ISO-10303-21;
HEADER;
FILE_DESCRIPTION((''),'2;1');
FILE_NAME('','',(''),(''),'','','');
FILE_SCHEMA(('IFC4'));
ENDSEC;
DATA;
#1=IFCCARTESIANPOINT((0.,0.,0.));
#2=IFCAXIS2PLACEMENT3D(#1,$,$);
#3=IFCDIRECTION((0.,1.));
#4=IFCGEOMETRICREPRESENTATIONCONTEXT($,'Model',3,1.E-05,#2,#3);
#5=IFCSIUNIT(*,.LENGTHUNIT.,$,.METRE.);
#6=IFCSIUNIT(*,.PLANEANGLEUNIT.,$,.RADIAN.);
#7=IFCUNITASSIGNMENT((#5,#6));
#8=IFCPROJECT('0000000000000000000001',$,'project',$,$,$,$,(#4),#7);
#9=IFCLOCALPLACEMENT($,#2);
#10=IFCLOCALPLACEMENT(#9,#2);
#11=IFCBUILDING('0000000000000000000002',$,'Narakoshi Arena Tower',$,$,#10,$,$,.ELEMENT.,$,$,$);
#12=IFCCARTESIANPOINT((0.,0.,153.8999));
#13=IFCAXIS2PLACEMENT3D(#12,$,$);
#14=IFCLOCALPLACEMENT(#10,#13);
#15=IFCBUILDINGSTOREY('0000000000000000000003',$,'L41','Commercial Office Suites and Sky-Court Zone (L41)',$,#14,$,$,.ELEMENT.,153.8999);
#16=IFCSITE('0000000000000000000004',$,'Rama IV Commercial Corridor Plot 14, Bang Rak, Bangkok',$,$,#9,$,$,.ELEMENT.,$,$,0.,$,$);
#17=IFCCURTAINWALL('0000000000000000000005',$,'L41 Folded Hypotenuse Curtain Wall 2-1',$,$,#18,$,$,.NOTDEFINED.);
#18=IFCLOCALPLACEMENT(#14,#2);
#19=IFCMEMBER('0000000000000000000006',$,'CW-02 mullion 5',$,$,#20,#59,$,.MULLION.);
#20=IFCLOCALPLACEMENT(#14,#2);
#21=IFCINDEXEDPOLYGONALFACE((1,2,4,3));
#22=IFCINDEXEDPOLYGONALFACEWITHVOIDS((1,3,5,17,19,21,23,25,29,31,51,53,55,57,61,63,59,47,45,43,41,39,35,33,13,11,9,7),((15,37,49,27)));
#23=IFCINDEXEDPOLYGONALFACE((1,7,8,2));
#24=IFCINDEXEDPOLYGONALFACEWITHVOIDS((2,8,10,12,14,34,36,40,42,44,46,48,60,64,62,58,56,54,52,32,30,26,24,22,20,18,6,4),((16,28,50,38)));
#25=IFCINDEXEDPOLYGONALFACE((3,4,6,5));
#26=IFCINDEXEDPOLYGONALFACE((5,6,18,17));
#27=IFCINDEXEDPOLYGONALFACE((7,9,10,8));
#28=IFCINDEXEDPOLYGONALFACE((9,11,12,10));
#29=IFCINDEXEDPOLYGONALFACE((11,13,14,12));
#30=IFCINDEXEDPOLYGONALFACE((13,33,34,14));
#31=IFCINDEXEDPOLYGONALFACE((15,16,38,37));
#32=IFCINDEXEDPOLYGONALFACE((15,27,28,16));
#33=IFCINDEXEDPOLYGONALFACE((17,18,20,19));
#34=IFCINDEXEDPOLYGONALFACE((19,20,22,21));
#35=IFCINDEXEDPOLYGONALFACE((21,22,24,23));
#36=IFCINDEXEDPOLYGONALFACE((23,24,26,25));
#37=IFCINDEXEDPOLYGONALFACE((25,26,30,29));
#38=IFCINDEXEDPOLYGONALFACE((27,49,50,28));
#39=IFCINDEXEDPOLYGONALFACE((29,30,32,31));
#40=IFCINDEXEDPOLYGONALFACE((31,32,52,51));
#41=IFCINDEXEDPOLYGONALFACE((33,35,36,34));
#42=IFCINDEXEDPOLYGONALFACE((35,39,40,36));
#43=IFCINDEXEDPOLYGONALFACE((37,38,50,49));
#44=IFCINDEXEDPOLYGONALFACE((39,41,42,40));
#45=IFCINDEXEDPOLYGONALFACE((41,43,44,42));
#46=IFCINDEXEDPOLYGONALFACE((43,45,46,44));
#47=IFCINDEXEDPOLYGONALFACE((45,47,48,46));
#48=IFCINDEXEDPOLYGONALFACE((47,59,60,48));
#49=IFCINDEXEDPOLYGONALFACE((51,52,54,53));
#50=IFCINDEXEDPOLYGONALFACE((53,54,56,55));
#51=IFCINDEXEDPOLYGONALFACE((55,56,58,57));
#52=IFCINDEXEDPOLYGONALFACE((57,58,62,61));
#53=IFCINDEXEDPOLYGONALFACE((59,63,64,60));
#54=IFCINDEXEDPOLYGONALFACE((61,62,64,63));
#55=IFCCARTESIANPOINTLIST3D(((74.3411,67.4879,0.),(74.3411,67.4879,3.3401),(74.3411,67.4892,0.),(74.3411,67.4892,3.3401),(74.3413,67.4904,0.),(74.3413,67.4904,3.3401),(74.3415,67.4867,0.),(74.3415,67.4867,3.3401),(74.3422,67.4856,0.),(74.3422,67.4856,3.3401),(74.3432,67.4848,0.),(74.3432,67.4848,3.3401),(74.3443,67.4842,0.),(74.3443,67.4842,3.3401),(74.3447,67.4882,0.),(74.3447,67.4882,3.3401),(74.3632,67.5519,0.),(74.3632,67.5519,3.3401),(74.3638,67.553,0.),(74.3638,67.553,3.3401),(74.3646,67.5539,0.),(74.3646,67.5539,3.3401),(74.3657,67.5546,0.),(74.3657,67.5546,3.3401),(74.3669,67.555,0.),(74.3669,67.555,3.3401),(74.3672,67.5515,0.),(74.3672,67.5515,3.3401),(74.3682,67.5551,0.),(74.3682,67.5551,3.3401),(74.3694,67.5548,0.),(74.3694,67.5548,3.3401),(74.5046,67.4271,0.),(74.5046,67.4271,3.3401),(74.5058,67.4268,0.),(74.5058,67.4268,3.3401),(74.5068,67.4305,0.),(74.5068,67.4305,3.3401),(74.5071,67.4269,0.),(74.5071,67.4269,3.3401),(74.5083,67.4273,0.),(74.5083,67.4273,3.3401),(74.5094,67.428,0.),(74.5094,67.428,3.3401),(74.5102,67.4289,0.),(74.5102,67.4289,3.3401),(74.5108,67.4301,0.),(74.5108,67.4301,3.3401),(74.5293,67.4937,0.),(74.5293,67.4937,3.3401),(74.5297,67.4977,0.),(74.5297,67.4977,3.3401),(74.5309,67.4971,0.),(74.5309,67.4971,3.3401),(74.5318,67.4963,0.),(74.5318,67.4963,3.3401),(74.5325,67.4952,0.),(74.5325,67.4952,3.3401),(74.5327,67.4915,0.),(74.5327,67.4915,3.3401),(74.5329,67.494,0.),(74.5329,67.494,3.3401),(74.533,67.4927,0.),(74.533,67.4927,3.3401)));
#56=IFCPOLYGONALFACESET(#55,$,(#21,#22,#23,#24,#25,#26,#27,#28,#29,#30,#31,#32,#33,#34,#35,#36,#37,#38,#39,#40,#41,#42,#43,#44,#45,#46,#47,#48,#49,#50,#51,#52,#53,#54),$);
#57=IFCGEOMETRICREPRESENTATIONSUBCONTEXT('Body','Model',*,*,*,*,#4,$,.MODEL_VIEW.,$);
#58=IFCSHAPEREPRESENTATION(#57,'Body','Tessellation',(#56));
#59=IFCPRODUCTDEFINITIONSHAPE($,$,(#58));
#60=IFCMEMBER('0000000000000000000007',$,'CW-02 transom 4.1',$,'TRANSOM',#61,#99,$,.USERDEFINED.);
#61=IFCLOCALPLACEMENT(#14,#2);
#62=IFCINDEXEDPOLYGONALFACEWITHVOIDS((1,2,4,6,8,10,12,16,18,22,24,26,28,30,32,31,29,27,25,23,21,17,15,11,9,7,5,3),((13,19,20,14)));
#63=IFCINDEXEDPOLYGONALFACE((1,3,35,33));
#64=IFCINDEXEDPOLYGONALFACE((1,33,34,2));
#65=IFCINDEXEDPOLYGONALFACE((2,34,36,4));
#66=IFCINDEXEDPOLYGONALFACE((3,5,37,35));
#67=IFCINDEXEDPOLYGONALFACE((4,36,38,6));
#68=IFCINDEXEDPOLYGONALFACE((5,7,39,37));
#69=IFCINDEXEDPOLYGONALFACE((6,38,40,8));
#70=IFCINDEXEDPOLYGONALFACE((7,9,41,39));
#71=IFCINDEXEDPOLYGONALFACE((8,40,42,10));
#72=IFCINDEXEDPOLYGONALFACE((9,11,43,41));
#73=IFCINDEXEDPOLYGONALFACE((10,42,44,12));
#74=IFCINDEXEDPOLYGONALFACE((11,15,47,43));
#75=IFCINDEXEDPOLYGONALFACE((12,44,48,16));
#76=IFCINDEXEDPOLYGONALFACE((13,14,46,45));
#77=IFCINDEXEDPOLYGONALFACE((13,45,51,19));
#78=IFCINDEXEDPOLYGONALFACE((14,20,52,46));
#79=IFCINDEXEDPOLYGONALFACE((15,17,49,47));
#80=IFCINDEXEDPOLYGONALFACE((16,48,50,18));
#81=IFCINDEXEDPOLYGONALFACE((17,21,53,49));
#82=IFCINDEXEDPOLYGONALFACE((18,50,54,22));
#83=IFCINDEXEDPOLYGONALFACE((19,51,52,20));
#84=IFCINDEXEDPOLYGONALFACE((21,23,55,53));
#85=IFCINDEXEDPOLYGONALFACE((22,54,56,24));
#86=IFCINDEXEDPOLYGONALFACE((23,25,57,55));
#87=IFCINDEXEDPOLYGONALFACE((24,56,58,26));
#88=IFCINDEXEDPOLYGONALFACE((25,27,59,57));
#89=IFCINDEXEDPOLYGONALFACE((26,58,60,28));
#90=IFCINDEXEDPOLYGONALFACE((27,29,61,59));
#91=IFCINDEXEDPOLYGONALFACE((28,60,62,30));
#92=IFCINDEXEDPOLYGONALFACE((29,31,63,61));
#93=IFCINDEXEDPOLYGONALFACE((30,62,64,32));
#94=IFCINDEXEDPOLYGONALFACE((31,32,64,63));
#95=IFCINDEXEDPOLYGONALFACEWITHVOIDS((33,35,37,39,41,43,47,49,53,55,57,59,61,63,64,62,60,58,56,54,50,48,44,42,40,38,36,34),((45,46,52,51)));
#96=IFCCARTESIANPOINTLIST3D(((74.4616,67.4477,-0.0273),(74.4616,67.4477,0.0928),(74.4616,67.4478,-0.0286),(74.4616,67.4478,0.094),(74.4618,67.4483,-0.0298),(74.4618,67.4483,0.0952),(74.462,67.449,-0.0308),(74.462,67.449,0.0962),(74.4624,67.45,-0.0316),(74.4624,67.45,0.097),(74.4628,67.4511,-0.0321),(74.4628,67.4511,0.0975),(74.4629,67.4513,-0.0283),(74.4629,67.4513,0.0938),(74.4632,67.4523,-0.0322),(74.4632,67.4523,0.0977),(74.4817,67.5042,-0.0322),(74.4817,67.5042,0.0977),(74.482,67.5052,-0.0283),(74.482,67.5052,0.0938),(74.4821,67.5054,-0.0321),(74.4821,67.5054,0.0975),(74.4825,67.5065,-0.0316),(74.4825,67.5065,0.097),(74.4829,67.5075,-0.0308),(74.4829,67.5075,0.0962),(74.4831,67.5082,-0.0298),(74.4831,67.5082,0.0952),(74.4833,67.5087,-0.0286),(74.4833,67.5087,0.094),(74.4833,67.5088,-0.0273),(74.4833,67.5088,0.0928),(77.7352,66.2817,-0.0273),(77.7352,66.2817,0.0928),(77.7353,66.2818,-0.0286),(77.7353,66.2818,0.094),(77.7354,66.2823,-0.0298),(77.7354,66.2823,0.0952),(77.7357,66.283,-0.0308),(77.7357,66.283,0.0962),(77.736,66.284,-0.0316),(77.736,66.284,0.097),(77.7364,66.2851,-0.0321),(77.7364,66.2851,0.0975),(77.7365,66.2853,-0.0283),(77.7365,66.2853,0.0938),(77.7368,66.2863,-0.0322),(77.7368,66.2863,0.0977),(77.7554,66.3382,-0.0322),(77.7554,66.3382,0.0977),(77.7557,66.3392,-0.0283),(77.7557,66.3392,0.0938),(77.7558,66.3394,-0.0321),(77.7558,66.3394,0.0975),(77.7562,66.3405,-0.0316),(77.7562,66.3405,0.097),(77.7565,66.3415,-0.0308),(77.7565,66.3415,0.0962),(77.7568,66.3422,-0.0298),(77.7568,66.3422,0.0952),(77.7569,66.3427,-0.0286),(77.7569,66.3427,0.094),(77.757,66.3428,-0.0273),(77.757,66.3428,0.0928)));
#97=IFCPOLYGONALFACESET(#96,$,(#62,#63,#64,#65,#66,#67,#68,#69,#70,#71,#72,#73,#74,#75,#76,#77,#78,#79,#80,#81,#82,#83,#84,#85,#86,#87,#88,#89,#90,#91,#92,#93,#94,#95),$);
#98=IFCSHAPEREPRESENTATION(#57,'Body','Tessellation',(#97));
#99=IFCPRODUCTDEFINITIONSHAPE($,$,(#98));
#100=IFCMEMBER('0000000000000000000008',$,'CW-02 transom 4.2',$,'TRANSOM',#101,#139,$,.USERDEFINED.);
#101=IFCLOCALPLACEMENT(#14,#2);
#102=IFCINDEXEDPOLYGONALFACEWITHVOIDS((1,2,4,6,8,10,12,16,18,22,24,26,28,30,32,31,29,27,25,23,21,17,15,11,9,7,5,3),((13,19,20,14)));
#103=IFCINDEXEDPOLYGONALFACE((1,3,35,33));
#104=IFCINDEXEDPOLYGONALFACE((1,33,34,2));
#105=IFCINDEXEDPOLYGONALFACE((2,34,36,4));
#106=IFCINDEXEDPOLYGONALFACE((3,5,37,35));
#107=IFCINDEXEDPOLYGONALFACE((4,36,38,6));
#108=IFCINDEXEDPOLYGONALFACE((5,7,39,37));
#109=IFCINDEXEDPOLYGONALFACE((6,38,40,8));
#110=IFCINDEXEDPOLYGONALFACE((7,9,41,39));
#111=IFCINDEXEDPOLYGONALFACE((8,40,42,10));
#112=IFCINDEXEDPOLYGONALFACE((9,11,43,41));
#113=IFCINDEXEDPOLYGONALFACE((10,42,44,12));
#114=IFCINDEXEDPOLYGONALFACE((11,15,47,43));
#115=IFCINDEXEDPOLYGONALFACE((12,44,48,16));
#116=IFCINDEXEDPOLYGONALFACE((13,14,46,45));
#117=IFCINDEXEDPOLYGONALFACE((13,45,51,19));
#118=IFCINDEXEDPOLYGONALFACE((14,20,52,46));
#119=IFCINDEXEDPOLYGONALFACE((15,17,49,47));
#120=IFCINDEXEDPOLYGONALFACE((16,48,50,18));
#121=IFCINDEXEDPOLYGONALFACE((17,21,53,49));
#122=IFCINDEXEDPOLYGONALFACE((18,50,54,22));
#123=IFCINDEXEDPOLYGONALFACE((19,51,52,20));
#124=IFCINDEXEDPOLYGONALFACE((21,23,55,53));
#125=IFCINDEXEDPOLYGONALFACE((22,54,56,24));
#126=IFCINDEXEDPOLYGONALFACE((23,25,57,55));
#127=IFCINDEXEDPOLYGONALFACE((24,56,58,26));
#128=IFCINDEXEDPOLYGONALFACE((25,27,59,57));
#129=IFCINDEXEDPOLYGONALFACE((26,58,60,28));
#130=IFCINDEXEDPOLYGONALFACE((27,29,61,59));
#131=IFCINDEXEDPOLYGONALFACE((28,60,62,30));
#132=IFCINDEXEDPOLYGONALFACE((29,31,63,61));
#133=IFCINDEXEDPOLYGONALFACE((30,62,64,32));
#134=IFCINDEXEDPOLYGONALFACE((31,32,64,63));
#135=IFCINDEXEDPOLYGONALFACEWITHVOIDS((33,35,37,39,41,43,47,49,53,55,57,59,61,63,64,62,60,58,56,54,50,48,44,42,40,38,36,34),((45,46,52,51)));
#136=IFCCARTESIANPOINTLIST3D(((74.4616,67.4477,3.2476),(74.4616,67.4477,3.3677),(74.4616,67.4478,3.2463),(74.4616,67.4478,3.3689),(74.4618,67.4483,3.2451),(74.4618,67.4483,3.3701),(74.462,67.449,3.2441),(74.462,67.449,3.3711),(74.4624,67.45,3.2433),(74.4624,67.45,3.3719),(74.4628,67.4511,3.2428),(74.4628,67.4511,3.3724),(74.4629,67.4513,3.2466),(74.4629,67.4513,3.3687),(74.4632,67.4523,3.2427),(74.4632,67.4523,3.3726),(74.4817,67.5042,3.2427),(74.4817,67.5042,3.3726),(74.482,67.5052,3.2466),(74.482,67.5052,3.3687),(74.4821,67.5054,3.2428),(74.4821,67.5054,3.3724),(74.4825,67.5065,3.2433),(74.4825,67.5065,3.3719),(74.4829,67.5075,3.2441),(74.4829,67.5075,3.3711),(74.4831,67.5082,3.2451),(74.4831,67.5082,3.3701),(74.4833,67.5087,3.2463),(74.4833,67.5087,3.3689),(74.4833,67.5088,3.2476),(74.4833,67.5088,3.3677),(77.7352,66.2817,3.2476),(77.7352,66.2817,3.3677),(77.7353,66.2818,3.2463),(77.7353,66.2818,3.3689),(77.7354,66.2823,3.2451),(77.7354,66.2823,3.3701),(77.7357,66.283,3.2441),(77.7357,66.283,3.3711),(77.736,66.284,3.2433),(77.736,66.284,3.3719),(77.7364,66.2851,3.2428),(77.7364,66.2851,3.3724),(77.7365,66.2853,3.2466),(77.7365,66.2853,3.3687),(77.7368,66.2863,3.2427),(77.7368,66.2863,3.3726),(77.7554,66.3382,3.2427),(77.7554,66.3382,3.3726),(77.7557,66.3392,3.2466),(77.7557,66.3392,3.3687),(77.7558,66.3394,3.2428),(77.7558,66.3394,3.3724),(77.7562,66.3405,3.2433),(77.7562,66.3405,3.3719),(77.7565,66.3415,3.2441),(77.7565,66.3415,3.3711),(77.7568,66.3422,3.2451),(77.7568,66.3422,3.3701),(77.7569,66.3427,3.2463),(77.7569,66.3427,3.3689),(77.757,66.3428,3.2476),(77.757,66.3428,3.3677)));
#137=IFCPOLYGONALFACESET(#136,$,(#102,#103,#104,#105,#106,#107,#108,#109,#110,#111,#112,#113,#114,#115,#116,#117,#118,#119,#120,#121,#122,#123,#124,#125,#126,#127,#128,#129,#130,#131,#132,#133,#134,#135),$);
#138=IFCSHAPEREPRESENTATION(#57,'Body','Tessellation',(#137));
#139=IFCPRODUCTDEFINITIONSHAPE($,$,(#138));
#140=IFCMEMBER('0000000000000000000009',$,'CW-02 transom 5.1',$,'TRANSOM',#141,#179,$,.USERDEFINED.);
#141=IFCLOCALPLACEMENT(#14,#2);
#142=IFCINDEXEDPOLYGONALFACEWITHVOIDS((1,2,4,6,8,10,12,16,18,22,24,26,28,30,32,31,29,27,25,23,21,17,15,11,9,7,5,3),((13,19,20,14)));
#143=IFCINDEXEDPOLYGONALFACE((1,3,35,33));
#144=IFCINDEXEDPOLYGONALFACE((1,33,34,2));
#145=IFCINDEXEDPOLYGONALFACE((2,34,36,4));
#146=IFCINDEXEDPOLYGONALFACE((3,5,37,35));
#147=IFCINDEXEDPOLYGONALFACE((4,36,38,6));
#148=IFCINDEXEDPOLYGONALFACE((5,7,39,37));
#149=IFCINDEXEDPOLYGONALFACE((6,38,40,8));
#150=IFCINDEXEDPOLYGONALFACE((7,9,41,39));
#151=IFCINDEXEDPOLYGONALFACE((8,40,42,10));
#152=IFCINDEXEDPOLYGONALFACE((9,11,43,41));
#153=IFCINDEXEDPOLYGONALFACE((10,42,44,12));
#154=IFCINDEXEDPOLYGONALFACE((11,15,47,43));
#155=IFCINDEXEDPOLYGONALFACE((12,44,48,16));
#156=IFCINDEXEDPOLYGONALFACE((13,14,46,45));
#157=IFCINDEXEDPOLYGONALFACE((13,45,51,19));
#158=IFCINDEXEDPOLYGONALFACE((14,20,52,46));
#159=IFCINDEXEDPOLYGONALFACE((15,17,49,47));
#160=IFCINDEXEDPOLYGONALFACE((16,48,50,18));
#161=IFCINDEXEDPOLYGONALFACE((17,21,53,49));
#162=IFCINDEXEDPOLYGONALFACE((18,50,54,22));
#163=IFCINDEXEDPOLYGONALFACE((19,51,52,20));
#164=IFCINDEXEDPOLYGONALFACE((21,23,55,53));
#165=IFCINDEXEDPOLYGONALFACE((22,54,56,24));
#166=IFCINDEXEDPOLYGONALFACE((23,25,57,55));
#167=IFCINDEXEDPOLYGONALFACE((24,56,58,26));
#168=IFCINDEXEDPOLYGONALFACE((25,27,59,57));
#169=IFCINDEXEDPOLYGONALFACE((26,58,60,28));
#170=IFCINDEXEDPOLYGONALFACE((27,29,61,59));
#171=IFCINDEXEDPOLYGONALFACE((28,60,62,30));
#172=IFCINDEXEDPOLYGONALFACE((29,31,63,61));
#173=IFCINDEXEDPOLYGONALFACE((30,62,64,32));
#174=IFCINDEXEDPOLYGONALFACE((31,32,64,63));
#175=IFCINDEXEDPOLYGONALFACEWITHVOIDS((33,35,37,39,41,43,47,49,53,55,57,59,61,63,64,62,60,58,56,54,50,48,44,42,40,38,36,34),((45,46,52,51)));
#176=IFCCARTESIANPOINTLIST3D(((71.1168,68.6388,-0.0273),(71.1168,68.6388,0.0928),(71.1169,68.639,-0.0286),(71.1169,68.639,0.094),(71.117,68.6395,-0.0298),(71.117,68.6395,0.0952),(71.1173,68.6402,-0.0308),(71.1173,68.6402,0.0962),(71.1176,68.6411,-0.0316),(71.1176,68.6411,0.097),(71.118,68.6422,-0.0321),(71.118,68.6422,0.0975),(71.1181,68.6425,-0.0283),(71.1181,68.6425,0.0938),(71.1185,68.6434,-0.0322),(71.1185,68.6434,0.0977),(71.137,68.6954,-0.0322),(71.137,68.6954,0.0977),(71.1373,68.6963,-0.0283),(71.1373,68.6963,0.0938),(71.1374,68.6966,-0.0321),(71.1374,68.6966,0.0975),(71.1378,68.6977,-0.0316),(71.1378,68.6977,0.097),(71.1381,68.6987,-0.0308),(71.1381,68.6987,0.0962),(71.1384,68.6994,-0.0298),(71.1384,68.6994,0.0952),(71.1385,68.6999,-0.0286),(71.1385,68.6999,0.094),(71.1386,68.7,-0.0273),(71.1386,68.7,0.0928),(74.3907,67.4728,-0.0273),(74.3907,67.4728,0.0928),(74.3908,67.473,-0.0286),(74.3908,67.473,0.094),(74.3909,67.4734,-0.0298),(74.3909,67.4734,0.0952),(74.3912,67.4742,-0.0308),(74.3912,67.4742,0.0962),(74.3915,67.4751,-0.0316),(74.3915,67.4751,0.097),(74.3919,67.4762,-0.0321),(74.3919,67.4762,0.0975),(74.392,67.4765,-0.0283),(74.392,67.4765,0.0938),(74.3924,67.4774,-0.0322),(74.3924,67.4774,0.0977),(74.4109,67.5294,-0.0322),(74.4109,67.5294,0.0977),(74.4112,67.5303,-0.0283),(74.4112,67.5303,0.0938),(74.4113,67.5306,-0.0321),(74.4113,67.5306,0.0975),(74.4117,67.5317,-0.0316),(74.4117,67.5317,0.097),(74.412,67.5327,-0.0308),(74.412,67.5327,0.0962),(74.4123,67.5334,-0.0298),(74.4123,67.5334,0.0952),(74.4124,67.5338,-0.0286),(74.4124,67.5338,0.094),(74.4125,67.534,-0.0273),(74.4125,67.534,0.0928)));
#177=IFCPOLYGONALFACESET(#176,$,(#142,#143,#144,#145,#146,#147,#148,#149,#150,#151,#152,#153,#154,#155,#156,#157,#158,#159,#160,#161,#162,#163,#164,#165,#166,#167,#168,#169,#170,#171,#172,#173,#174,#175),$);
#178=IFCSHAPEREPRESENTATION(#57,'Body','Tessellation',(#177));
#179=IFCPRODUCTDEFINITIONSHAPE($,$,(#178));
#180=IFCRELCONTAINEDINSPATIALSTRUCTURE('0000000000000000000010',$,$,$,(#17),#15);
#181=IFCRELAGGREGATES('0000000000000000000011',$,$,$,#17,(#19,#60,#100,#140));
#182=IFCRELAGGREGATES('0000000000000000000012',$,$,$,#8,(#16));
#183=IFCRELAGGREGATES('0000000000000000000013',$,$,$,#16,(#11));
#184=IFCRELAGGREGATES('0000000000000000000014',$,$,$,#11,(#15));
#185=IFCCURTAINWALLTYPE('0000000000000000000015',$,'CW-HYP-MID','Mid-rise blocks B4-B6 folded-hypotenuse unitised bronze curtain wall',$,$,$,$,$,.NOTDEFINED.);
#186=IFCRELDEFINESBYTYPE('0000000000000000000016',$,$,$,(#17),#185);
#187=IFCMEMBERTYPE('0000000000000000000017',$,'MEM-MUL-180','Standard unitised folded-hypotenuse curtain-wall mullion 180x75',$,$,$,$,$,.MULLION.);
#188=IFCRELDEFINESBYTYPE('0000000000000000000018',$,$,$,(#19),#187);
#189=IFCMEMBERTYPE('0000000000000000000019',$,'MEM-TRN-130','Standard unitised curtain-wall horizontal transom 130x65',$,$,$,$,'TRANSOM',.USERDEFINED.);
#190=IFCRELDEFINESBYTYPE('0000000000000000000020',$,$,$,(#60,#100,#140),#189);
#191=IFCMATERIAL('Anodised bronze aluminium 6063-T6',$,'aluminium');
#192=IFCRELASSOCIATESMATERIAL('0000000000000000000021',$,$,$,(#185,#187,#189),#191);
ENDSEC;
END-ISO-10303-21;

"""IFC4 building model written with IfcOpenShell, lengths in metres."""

from ifc_helpers import new_model, si_unit, direction, frame, origin, origin_2d, place, context, subcontext, project, spatial, hollow_rectangle, extrude, material, material_profile, profile_set, type_object, element, aggregate, save


model = new_model("IFC4")

# Units and contexts
model_context = context("Model", 3, precision=1e-05, world=origin(), true_north=direction((0.0, 1.0)))
body_context = subcontext(model_context, "Body", "Model", "MODEL_VIEW")
ifc_project = project(units=[si_unit("LENGTHUNIT", "METRE"), si_unit("PLANEANGLEUNIT", "RADIAN")], contexts=[model_context])

# Site, building, storey
site_placement = place(None, origin())
site = spatial("IfcSite", under=ifc_project, at=site_placement, Name="Rama IV Commercial Corridor Plot 14, Bang Rak, Bangkok", CompositionType="ELEMENT", RefElevation=0.0)
building_placement = place(site_placement, origin())
building = spatial("IfcBuilding", under=site, at=building_placement, Name="Narakoshi Arena Tower", CompositionType="ELEMENT")
storey_placement = place(building_placement, frame((0.0, 0.0, 153.8999)))
storey = spatial("IfcBuildingStorey", under=building, at=storey_placement, Name="L41", Description="Commercial Office Suites and Sky-Court Zone (L41)", CompositionType="ELEMENT", Elevation=153.8999)

# Curtain wall, members
ifc_material_1 = material(Name="Anodised bronze aluminium 6063-T6", Category="aluminium")
curtain_wall_type = type_object("IfcCurtainWallType", Name="CW-HYP-MID", Description="Mid-rise blocks B4-B6 folded-hypotenuse unitised bronze curtain wall", PredefinedType="NOTDEFINED", material=ifc_material_1)
curtain_wall_placement = place(storey_placement, origin())
curtain_wall = element("IfcCurtainWall", 1, at=curtain_wall_placement, inside=storey, type_object=curtain_wall_type, Name="L41 Folded Hypotenuse Curtain Wall 2-1", PredefinedType="NOTDEFINED")
ifc_material_profile_1 = material_profile(ifc_material_1, hollow_rectangle(XDim=0.075, YDim=0.1799, WallThickness=0.0039, OuterFilletRadius=0.0049, at=origin_2d()), Name="MUL180x75x4")
ifc_profile_set_1 = profile_set([ifc_material_profile_1], Name="Anodised bronze aluminium 6063-T6")
member_type_1 = type_object("IfcMemberType", Name="MEM-MUL-180", Description="Standard unitised folded-hypotenuse curtain-wall mullion 180x75", PredefinedType="MULLION", material=ifc_profile_set_1)
member_1_placement = place(storey_placement, frame((74.437, 67.491, 0.0), z_axis=(0.0, 0.0, 1.0), x_axis=(-0.335518, -0.942034, 0.0)))
member_1 = element("IfcMember", 2, at=member_1_placement, type_object=member_type_1, Name="CW-02 mullion 5", PredefinedType="MULLION", context=body_context, shape_type="SweptSolid", body=[
    extrude(hollow_rectangle(XDim=0.075, YDim=0.1799, WallThickness=0.0039, OuterFilletRadius=0.0049, at=origin_2d()), origin(), (0.0, 0.0, 1.0), 3.3401),
])
ifc_material_profile_2 = material_profile(ifc_material_1, hollow_rectangle(XDim=0.0649, YDim=0.1299, WallThickness=0.0039, OuterFilletRadius=0.0049, at=origin_2d()), Name="TRN130x65x4")
ifc_profile_set_2 = profile_set([ifc_material_profile_2], Name="Anodised bronze aluminium 6063-T6")
member_type_2 = type_object("IfcMemberType", Name="MEM-TRN-130", Description="Standard unitised curtain-wall horizontal transom 130x65", ElementType="TRANSOM", PredefinedType="USERDEFINED", material=ifc_profile_set_2)
member_2_placement = place(storey_placement, frame((77.7461, 66.3123, 0.0327), z_axis=(-0.942029, 0.335531, 0.0), x_axis=(-0.335531, -0.942029, 0.0)))
member_2 = element("IfcMember", 3, at=member_2_placement, type_object=member_type_2, Name="CW-02 transom 4.1", ObjectType="TRANSOM", PredefinedType="USERDEFINED", context=body_context, shape_type="SweptSolid", body=[
    extrude(hollow_rectangle(XDim=0.0649, YDim=0.1299, WallThickness=0.0039, OuterFilletRadius=0.0049, at=origin_2d()), origin(), (0.0, 0.0, 1.0), 3.4751),
])
member_3_placement = place(storey_placement, frame((77.7461, 66.3123, 3.3076), z_axis=(-0.942029, 0.335531, 0.0), x_axis=(-0.335531, -0.942029, 0.0)))
member_3 = element("IfcMember", 4, at=member_3_placement, type_object=member_type_2, Name="CW-02 transom 4.2", ObjectType="TRANSOM", PredefinedType="USERDEFINED", context=body_context, shape_type="SweptSolid", body=[
    extrude(hollow_rectangle(XDim=0.0649, YDim=0.1299, WallThickness=0.0039, OuterFilletRadius=0.0049, at=origin_2d()), origin(), (0.0, 0.0, 1.0), 3.4751),
])
member_4_placement = place(storey_placement, frame((74.4016, 67.5034, 0.0327), z_axis=(-0.942037, 0.335509, 0.0), x_axis=(-0.335509, -0.942037, 0.0)))
member_4 = element("IfcMember", 5, at=member_4_placement, type_object=member_type_2, Name="CW-02 transom 5.1", ObjectType="TRANSOM", PredefinedType="USERDEFINED", context=body_context, shape_type="SweptSolid", body=[
    extrude(hollow_rectangle(XDim=0.0649, YDim=0.1299, WallThickness=0.0039, OuterFilletRadius=0.0049, at=origin_2d()), origin(), (0.0, 0.0, 1.0), 3.4753),
])
aggregate(curtain_wall, [member_1, member_2, member_3, member_4])

save(model, "model.ifc")
